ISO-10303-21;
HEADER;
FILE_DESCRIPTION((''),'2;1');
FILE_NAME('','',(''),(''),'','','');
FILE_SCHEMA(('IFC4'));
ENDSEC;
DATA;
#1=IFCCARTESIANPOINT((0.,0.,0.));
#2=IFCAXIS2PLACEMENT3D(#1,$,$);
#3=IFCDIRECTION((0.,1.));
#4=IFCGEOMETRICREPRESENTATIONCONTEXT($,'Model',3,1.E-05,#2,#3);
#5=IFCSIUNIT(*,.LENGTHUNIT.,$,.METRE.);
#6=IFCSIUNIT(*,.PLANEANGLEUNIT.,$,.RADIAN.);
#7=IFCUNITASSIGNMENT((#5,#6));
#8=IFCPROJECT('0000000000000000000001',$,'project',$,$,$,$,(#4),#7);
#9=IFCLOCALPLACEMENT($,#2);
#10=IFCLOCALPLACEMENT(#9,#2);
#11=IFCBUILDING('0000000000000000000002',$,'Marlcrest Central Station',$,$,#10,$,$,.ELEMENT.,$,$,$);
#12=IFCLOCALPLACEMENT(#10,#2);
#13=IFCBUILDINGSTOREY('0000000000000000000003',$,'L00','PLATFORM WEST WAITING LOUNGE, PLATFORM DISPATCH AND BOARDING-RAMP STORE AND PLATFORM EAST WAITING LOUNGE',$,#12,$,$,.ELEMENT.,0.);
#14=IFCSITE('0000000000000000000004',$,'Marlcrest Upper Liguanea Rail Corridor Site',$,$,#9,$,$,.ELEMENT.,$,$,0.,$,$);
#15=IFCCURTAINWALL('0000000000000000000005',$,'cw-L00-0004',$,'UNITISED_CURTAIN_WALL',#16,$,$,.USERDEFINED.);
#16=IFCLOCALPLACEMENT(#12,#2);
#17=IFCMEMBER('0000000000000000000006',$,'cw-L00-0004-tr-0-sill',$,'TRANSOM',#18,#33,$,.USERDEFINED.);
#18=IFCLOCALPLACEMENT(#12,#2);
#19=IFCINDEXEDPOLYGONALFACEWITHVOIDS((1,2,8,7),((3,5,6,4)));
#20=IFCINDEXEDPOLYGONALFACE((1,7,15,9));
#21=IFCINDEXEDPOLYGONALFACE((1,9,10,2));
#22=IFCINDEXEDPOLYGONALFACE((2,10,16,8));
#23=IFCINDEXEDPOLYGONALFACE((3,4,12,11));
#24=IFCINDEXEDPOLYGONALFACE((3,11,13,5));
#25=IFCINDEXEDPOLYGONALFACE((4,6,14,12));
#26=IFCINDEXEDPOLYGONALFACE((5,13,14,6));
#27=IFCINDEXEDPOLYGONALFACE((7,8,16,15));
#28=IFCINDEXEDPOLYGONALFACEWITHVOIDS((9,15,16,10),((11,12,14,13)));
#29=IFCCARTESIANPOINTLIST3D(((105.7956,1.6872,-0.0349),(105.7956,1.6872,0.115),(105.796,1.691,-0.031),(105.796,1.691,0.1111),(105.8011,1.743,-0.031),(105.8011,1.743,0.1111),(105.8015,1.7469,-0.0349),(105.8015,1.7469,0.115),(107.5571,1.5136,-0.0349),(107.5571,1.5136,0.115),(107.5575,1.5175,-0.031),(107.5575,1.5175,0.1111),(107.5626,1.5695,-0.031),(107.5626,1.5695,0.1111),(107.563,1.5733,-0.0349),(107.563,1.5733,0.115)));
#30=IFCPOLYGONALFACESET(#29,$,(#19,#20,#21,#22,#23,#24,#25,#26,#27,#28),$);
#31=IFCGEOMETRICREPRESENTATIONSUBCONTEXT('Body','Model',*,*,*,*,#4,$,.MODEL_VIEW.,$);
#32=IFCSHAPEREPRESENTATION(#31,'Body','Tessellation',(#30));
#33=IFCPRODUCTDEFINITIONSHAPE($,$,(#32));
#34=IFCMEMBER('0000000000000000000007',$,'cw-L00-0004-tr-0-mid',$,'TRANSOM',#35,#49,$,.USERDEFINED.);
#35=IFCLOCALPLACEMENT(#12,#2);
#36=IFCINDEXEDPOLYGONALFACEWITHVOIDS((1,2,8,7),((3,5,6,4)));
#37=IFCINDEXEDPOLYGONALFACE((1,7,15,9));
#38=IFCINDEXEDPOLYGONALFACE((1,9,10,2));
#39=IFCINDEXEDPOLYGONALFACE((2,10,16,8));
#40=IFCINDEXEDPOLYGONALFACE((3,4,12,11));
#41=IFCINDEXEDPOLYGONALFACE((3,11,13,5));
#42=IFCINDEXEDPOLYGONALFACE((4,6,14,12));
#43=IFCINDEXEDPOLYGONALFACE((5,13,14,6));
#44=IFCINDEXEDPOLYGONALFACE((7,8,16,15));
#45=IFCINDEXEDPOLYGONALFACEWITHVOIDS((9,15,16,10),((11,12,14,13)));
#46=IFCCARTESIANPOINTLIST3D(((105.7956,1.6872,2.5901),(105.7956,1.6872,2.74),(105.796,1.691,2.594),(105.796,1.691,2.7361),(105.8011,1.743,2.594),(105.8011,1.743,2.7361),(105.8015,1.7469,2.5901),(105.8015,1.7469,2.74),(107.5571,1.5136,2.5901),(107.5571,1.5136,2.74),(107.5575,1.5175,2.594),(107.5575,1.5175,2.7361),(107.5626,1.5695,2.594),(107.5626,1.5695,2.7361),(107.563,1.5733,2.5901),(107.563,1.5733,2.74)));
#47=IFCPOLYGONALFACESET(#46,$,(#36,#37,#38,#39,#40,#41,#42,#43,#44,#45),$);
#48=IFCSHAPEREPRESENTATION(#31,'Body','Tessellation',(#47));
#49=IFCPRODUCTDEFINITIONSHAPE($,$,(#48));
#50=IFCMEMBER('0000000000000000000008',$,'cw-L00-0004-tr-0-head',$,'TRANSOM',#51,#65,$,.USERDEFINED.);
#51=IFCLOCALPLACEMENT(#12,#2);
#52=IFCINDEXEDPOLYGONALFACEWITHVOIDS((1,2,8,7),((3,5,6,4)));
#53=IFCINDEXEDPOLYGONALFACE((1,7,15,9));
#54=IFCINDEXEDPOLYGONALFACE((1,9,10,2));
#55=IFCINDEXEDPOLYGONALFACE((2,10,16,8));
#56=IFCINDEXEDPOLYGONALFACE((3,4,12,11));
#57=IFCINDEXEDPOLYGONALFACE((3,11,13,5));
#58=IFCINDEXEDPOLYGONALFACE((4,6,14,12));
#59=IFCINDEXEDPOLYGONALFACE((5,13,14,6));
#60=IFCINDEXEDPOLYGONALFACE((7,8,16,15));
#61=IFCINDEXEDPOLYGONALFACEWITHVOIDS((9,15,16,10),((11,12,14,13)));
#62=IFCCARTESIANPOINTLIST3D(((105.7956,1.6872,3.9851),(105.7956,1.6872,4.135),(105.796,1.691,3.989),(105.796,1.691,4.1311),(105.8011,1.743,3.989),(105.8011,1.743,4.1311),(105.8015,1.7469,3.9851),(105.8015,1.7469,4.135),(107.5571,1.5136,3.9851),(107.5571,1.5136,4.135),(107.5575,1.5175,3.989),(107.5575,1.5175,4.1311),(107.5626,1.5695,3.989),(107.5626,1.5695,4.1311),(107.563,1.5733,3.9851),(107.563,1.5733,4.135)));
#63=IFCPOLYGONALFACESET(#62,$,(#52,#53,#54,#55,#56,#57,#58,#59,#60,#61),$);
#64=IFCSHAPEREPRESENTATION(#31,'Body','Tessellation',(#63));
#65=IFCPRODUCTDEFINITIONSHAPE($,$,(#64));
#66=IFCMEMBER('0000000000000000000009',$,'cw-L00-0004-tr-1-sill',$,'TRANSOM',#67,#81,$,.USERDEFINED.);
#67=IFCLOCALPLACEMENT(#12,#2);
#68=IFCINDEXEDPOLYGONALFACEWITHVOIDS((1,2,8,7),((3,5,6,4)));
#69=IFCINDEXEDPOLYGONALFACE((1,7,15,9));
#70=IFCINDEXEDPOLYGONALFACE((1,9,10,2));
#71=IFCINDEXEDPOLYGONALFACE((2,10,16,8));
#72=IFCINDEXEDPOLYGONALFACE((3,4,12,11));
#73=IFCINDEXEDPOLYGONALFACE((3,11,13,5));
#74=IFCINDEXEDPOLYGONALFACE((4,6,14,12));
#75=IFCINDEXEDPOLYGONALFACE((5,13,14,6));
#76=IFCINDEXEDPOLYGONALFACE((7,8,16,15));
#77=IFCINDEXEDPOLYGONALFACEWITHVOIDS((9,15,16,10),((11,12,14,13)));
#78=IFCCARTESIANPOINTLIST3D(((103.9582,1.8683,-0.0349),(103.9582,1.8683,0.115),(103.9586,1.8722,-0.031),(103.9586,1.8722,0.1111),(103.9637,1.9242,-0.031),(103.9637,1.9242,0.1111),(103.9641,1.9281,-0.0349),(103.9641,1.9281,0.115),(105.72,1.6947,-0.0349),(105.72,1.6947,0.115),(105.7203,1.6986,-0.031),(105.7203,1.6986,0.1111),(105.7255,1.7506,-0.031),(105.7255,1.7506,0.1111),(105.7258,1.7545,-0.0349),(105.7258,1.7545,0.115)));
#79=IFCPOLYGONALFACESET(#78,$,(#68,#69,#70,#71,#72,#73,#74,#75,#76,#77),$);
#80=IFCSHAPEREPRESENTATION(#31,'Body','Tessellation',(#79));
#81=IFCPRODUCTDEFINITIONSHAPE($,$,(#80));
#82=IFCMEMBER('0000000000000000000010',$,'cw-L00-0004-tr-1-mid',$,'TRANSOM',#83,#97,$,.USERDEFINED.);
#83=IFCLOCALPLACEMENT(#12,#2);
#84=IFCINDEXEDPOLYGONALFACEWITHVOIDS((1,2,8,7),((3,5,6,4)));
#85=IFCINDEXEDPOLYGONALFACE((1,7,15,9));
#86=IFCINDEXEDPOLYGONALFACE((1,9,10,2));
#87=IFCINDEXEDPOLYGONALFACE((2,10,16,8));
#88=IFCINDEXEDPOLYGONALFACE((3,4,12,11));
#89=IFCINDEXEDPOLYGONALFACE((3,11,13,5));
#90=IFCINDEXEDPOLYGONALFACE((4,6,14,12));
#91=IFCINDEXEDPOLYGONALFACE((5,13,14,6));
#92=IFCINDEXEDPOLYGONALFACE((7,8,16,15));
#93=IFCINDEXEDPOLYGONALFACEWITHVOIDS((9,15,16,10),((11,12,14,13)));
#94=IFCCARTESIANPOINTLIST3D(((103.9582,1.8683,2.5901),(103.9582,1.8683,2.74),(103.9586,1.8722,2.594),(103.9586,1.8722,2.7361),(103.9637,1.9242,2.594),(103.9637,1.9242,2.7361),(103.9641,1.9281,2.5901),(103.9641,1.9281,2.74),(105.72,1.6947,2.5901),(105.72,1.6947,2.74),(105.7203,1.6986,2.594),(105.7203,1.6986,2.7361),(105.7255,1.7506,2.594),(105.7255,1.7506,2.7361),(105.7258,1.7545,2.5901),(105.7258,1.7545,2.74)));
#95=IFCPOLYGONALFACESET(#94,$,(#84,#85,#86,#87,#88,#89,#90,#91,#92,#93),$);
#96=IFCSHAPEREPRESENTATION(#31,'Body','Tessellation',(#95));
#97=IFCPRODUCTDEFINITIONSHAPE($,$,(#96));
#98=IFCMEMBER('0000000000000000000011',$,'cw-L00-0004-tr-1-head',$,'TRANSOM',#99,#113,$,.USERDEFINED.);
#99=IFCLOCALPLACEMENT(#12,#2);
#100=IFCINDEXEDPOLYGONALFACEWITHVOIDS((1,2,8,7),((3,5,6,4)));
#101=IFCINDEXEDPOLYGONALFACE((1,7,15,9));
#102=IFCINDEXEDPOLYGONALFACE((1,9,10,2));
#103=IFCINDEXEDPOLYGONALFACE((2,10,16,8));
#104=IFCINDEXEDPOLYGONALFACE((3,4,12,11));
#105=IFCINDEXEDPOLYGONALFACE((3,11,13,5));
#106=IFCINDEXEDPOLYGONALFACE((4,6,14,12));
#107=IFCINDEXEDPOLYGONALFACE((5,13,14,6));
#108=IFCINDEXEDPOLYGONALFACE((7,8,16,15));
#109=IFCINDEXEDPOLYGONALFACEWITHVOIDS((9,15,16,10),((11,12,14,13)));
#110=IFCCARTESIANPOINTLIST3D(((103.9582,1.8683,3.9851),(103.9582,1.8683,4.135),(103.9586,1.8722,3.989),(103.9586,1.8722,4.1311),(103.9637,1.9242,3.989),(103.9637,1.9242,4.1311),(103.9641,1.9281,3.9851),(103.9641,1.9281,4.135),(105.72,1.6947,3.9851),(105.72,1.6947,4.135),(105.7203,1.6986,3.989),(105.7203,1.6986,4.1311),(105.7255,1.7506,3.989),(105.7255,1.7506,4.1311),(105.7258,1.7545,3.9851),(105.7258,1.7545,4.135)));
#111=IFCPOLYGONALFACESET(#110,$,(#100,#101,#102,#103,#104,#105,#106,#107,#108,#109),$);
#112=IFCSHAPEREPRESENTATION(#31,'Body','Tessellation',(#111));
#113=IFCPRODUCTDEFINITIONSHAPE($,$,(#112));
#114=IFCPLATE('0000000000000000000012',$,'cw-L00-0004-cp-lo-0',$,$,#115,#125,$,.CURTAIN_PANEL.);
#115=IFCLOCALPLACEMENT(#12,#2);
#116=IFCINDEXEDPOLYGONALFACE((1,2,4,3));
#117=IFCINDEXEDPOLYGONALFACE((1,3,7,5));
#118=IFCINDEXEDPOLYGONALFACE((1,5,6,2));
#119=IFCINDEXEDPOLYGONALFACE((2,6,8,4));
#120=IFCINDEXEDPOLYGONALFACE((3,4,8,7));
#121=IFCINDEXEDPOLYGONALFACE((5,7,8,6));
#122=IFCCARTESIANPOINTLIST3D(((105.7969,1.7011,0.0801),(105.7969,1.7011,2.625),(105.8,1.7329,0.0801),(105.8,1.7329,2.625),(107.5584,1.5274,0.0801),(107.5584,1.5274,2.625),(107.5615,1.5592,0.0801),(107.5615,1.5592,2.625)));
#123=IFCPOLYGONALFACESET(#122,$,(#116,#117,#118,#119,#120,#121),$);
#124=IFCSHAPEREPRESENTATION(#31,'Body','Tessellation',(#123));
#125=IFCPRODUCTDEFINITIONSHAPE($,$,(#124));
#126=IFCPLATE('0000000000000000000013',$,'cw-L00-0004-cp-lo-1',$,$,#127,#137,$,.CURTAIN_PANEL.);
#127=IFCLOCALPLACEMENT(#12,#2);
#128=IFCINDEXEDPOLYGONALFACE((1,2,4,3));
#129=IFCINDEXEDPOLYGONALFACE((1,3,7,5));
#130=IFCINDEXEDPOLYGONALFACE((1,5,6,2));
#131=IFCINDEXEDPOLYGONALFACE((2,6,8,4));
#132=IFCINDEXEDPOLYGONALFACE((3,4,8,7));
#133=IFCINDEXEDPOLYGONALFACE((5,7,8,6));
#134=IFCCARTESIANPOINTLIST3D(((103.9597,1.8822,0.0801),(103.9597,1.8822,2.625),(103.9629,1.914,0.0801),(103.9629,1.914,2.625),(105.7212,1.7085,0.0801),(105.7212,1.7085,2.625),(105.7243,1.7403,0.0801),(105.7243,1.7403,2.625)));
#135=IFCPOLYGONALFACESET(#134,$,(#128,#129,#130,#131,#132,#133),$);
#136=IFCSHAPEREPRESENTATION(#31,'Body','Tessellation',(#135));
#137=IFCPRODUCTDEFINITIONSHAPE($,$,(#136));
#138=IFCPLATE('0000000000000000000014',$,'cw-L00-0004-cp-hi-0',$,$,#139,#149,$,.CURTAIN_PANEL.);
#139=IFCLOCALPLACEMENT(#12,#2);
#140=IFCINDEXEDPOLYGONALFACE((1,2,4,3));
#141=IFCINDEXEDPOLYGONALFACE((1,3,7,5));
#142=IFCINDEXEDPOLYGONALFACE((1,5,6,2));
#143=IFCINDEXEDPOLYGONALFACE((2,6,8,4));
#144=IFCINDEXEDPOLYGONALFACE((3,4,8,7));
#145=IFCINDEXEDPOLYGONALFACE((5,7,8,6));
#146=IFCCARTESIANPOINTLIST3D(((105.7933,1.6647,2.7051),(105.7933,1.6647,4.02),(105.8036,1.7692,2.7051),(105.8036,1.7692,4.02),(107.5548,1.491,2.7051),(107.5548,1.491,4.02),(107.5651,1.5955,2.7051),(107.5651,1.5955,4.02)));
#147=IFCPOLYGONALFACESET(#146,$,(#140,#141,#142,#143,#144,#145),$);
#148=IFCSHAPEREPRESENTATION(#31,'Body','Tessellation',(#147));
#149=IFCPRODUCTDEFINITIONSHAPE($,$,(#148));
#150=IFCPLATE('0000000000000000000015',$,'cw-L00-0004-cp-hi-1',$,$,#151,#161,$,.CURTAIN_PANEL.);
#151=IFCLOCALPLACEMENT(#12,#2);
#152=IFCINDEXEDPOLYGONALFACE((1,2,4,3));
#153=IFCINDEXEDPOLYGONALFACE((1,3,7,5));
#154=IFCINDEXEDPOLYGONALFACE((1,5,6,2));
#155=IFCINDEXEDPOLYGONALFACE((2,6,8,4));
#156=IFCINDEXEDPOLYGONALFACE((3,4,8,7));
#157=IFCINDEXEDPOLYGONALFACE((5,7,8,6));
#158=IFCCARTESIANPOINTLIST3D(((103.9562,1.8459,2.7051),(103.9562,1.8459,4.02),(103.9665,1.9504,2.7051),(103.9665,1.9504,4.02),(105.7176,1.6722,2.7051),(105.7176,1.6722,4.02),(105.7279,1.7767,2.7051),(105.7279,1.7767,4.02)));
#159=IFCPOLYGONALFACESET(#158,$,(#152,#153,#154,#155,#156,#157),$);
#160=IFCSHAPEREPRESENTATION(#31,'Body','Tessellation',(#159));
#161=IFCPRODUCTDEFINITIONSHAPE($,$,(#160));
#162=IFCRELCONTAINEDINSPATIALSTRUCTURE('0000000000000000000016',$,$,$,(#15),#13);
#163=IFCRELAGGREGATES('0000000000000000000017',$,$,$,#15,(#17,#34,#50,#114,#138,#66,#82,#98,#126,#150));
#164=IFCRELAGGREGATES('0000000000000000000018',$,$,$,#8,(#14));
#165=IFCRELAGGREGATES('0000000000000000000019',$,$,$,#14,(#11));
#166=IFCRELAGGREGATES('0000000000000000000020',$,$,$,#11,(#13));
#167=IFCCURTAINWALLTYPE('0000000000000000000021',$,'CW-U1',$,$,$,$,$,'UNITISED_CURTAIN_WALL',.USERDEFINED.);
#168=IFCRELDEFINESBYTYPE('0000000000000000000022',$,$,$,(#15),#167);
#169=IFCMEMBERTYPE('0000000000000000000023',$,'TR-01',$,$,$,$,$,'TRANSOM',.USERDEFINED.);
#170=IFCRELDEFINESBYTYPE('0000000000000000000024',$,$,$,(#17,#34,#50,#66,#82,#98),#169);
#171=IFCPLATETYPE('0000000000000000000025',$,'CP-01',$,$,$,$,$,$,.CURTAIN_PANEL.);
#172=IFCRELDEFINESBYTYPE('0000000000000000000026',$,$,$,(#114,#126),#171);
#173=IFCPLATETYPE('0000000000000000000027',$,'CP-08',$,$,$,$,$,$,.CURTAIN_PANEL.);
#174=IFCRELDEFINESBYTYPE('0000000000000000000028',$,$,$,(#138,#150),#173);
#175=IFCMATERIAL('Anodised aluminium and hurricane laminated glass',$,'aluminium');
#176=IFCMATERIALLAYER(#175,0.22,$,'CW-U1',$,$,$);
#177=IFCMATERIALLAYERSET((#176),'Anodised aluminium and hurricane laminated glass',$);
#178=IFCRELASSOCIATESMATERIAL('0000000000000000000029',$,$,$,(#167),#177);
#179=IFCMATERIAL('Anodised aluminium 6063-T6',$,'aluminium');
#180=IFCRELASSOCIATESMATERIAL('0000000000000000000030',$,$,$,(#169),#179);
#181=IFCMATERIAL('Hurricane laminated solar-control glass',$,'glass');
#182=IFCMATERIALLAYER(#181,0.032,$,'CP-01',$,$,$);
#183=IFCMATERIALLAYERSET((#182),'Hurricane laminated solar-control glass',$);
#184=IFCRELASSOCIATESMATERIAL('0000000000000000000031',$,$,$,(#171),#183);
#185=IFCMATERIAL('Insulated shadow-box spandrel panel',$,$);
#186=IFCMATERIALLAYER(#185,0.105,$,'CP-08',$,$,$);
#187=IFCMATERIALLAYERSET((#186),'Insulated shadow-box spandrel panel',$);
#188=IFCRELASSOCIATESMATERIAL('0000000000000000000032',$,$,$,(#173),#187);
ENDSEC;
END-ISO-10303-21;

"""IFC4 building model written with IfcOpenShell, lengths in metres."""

from ifc_helpers import new_model, si_unit, direction, frame, origin, origin_2d, place, context, subcontext, project, spatial, rectangle, hollow_rectangle, extrude, material, layer, layer_set, material_profile, profile_set, type_object, element, aggregate, save


model = new_model("IFC4")

# Units and contexts
model_context = context("Model", 3, precision=1e-05, world=origin(), true_north=direction((0.0, 1.0)))
body_context = subcontext(model_context, "Body", "Model", "MODEL_VIEW")
ifc_project = project(units=[si_unit("LENGTHUNIT", "METRE"), si_unit("PLANEANGLEUNIT", "RADIAN")], contexts=[model_context])

# Site, building, storey
site_placement = place(None, origin())
site = spatial("IfcSite", under=ifc_project, at=site_placement, Name="Marlcrest Upper Liguanea Rail Corridor Site", CompositionType="ELEMENT", RefElevation=0.0)
building_placement = place(site_placement, origin())
building = spatial("IfcBuilding", under=site, at=building_placement, Name="Marlcrest Central Station", CompositionType="ELEMENT")
storey_placement = place(building_placement, origin())
storey = spatial("IfcBuildingStorey", under=building, at=storey_placement, Name="L00", Description="PLATFORM WEST WAITING LOUNGE, PLATFORM DISPATCH AND BOARDING-RAMP STORE AND PLATFORM EAST WAITING LOUNGE", CompositionType="ELEMENT", Elevation=0.0)

# Curtain wall
ifc_material_1 = material(Name="Anodised aluminium and hurricane laminated glass", Category="aluminium")
ifc_layer_1 = layer(ifc_material_1, 0.22, Name="CW-U1")
ifc_layer_set_1 = layer_set([ifc_layer_1], Name="Anodised aluminium and hurricane laminated glass")
curtain_wall_type = type_object("IfcCurtainWallType", Name="CW-U1", ElementType="UNITISED_CURTAIN_WALL", PredefinedType="USERDEFINED", material=ifc_layer_set_1)
curtain_wall_placement = place(storey_placement, origin())
curtain_wall = element("IfcCurtainWall", 1, at=curtain_wall_placement, inside=storey, type_object=curtain_wall_type, Name="cw-L00-0004", ObjectType="UNITISED_CURTAIN_WALL", PredefinedType="USERDEFINED")
ifc_material_2 = material(Name="Anodised aluminium 6063-T6", Category="aluminium")

# Members
ifc_material_profile_1 = material_profile(ifc_material_2, hollow_rectangle(XDim=0.0601, YDim=0.1499, WallThickness=0.0039, at=origin_2d()), Name="AA-RHS 150x60x4")
ifc_profile_set_1 = profile_set([ifc_material_profile_1], Name="Anodised aluminium 6063-T6")
member_type_1 = type_object("IfcMemberType", Name="TR-01", ElementType="TRANSOM", PredefinedType="USERDEFINED", material=ifc_profile_set_1)
member_1_placement = place(storey_placement, frame((107.5601, 1.5435, 0.04), z_axis=(-0.99518, 0.09807, 0.0), x_axis=(-0.09807, -0.99518, 0.0)))
member_1 = element("IfcMember", 2, at=member_1_placement, type_object=member_type_1, Name="cw-L00-0004-tr-0-sill", ObjectType="TRANSOM", PredefinedType="USERDEFINED", context=body_context, shape_type="SweptSolid", body=[
    extrude(hollow_rectangle(XDim=0.0601, YDim=0.1499, WallThickness=0.0039, at=origin_2d()), origin(), (0.0, 0.0, 1.0), 1.77),
])
member_2_placement = place(storey_placement, frame((107.5601, 1.5435, 2.665), z_axis=(-0.99518, 0.09807, 0.0), x_axis=(-0.09807, -0.99518, 0.0)))
member_2 = element("IfcMember", 3, at=member_2_placement, type_object=member_type_1, Name="cw-L00-0004-tr-0-mid", ObjectType="TRANSOM", PredefinedType="USERDEFINED", context=body_context, shape_type="SweptSolid", body=[
    extrude(hollow_rectangle(XDim=0.0601, YDim=0.1499, WallThickness=0.0039, at=origin_2d()), origin(), (0.0, 0.0, 1.0), 1.77),
])
member_3_placement = place(storey_placement, frame((107.5601, 1.5435, 4.0601), z_axis=(-0.99518, 0.09807, 0.0), x_axis=(-0.09807, -0.99518, 0.0)))
member_3 = element("IfcMember", 4, at=member_3_placement, type_object=member_type_1, Name="cw-L00-0004-tr-0-head", ObjectType="TRANSOM", PredefinedType="USERDEFINED", context=body_context, shape_type="SweptSolid", body=[
    extrude(hollow_rectangle(XDim=0.0601, YDim=0.1499, WallThickness=0.0039, at=origin_2d()), origin(), (0.0, 0.0, 1.0), 1.77),
])
member_4_placement = place(storey_placement, frame((105.7229, 1.7246, 0.04), z_axis=(-0.995181, 0.098056, 0.0), x_axis=(-0.098056, -0.995181, 0.0)))
member_4 = element("IfcMember", 5, at=member_4_placement, type_object=member_type_1, Name="cw-L00-0004-tr-1-sill", ObjectType="TRANSOM", PredefinedType="USERDEFINED", context=body_context, shape_type="SweptSolid", body=[
    extrude(hollow_rectangle(XDim=0.0601, YDim=0.1499, WallThickness=0.0039, at=origin_2d()), origin(), (0.0, 0.0, 1.0), 1.7703),
])
member_5_placement = place(storey_placement, frame((105.7229, 1.7246, 2.665), z_axis=(-0.995181, 0.098056, 0.0), x_axis=(-0.098056, -0.995181, 0.0)))
member_5 = element("IfcMember", 6, at=member_5_placement, type_object=member_type_1, Name="cw-L00-0004-tr-1-mid", ObjectType="TRANSOM", PredefinedType="USERDEFINED", context=body_context, shape_type="SweptSolid", body=[
    extrude(hollow_rectangle(XDim=0.0601, YDim=0.1499, WallThickness=0.0039, at=origin_2d()), origin(), (0.0, 0.0, 1.0), 1.7703),
])
member_6_placement = place(storey_placement, frame((105.7229, 1.7246, 4.0601), z_axis=(-0.995181, 0.098056, 0.0), x_axis=(-0.098056, -0.995181, 0.0)))
member_6 = element("IfcMember", 7, at=member_6_placement, type_object=member_type_1, Name="cw-L00-0004-tr-1-head", ObjectType="TRANSOM", PredefinedType="USERDEFINED", context=body_context, shape_type="SweptSolid", body=[
    extrude(hollow_rectangle(XDim=0.0601, YDim=0.1499, WallThickness=0.0039, at=origin_2d()), origin(), (0.0, 0.0, 1.0), 1.7703),
])

# Plates
ifc_material_3 = material(Name="Hurricane laminated solar-control glass", Category="glass")
ifc_layer_2 = layer(ifc_material_3, 0.032, Name="CP-01")
ifc_layer_set_2 = layer_set([ifc_layer_2], Name="Hurricane laminated solar-control glass")
plate_type_1 = type_object("IfcPlateType", Name="CP-01", PredefinedType="CURTAIN_PANEL", material=ifc_layer_set_2)
plate_1_placement = place(storey_placement, frame((106.6792, 1.6301, 0.0801), z_axis=(0.0, 0.0, 1.0), x_axis=(-0.995173, 0.098139, 0.0)))
plate_1 = element("IfcPlate", 8, at=plate_1_placement, type_object=plate_type_1, Name="cw-L00-0004-cp-lo-0", PredefinedType="CURTAIN_PANEL", context=body_context, shape_type="SweptSolid", body=[
    extrude(rectangle(XDim=1.77, YDim=0.032, at=origin_2d()), origin(), (0.0, 0.0, 1.0), 2.5449),
])
plate_2_placement = place(storey_placement, frame((104.842, 1.8113, 0.0801), z_axis=(0.0, 0.0, 1.0), x_axis=(-0.995173, 0.098139, 0.0)))
plate_2 = element("IfcPlate", 9, at=plate_2_placement, type_object=plate_type_1, Name="cw-L00-0004-cp-lo-1", PredefinedType="CURTAIN_PANEL", context=body_context, shape_type="SweptSolid", body=[
    extrude(rectangle(XDim=1.77, YDim=0.032, at=origin_2d()), origin(), (0.0, 0.0, 1.0), 2.5449),
])
ifc_material_4 = material(Name="Insulated shadow-box spandrel panel")
ifc_layer_3 = layer(ifc_material_4, 0.105, Name="CP-08")
ifc_layer_set_3 = layer_set([ifc_layer_3], Name="Insulated shadow-box spandrel panel")
plate_type_2 = type_object("IfcPlateType", Name="CP-08", PredefinedType="CURTAIN_PANEL", material=ifc_layer_set_3)
plate_3_placement = place(storey_placement, frame((106.6792, 1.6301, 2.7051), z_axis=(0.0, 0.0, 1.0), x_axis=(-0.995173, 0.098139, 0.0)))
plate_3 = element("IfcPlate", 10, at=plate_3_placement, type_object=plate_type_2, Name="cw-L00-0004-cp-hi-0", PredefinedType="CURTAIN_PANEL", context=body_context, shape_type="SweptSolid", body=[
    extrude(rectangle(XDim=1.77, YDim=0.105, at=origin_2d()), origin(), (0.0, 0.0, 1.0), 1.3149),
])
plate_4_placement = place(storey_placement, frame((104.842, 1.8113, 2.7051), z_axis=(0.0, 0.0, 1.0), x_axis=(-0.995173, 0.098139, 0.0)))
plate_4 = element("IfcPlate", 11, at=plate_4_placement, type_object=plate_type_2, Name="cw-L00-0004-cp-hi-1", PredefinedType="CURTAIN_PANEL", context=body_context, shape_type="SweptSolid", body=[
    extrude(rectangle(XDim=1.77, YDim=0.105, at=origin_2d()), origin(), (0.0, 0.0, 1.0), 1.3149),
])
aggregate(curtain_wall, [member_1, member_2, member_3, plate_1, plate_3, member_4, member_5, member_6, plate_2, plate_4])

save(model, "model.ifc")
